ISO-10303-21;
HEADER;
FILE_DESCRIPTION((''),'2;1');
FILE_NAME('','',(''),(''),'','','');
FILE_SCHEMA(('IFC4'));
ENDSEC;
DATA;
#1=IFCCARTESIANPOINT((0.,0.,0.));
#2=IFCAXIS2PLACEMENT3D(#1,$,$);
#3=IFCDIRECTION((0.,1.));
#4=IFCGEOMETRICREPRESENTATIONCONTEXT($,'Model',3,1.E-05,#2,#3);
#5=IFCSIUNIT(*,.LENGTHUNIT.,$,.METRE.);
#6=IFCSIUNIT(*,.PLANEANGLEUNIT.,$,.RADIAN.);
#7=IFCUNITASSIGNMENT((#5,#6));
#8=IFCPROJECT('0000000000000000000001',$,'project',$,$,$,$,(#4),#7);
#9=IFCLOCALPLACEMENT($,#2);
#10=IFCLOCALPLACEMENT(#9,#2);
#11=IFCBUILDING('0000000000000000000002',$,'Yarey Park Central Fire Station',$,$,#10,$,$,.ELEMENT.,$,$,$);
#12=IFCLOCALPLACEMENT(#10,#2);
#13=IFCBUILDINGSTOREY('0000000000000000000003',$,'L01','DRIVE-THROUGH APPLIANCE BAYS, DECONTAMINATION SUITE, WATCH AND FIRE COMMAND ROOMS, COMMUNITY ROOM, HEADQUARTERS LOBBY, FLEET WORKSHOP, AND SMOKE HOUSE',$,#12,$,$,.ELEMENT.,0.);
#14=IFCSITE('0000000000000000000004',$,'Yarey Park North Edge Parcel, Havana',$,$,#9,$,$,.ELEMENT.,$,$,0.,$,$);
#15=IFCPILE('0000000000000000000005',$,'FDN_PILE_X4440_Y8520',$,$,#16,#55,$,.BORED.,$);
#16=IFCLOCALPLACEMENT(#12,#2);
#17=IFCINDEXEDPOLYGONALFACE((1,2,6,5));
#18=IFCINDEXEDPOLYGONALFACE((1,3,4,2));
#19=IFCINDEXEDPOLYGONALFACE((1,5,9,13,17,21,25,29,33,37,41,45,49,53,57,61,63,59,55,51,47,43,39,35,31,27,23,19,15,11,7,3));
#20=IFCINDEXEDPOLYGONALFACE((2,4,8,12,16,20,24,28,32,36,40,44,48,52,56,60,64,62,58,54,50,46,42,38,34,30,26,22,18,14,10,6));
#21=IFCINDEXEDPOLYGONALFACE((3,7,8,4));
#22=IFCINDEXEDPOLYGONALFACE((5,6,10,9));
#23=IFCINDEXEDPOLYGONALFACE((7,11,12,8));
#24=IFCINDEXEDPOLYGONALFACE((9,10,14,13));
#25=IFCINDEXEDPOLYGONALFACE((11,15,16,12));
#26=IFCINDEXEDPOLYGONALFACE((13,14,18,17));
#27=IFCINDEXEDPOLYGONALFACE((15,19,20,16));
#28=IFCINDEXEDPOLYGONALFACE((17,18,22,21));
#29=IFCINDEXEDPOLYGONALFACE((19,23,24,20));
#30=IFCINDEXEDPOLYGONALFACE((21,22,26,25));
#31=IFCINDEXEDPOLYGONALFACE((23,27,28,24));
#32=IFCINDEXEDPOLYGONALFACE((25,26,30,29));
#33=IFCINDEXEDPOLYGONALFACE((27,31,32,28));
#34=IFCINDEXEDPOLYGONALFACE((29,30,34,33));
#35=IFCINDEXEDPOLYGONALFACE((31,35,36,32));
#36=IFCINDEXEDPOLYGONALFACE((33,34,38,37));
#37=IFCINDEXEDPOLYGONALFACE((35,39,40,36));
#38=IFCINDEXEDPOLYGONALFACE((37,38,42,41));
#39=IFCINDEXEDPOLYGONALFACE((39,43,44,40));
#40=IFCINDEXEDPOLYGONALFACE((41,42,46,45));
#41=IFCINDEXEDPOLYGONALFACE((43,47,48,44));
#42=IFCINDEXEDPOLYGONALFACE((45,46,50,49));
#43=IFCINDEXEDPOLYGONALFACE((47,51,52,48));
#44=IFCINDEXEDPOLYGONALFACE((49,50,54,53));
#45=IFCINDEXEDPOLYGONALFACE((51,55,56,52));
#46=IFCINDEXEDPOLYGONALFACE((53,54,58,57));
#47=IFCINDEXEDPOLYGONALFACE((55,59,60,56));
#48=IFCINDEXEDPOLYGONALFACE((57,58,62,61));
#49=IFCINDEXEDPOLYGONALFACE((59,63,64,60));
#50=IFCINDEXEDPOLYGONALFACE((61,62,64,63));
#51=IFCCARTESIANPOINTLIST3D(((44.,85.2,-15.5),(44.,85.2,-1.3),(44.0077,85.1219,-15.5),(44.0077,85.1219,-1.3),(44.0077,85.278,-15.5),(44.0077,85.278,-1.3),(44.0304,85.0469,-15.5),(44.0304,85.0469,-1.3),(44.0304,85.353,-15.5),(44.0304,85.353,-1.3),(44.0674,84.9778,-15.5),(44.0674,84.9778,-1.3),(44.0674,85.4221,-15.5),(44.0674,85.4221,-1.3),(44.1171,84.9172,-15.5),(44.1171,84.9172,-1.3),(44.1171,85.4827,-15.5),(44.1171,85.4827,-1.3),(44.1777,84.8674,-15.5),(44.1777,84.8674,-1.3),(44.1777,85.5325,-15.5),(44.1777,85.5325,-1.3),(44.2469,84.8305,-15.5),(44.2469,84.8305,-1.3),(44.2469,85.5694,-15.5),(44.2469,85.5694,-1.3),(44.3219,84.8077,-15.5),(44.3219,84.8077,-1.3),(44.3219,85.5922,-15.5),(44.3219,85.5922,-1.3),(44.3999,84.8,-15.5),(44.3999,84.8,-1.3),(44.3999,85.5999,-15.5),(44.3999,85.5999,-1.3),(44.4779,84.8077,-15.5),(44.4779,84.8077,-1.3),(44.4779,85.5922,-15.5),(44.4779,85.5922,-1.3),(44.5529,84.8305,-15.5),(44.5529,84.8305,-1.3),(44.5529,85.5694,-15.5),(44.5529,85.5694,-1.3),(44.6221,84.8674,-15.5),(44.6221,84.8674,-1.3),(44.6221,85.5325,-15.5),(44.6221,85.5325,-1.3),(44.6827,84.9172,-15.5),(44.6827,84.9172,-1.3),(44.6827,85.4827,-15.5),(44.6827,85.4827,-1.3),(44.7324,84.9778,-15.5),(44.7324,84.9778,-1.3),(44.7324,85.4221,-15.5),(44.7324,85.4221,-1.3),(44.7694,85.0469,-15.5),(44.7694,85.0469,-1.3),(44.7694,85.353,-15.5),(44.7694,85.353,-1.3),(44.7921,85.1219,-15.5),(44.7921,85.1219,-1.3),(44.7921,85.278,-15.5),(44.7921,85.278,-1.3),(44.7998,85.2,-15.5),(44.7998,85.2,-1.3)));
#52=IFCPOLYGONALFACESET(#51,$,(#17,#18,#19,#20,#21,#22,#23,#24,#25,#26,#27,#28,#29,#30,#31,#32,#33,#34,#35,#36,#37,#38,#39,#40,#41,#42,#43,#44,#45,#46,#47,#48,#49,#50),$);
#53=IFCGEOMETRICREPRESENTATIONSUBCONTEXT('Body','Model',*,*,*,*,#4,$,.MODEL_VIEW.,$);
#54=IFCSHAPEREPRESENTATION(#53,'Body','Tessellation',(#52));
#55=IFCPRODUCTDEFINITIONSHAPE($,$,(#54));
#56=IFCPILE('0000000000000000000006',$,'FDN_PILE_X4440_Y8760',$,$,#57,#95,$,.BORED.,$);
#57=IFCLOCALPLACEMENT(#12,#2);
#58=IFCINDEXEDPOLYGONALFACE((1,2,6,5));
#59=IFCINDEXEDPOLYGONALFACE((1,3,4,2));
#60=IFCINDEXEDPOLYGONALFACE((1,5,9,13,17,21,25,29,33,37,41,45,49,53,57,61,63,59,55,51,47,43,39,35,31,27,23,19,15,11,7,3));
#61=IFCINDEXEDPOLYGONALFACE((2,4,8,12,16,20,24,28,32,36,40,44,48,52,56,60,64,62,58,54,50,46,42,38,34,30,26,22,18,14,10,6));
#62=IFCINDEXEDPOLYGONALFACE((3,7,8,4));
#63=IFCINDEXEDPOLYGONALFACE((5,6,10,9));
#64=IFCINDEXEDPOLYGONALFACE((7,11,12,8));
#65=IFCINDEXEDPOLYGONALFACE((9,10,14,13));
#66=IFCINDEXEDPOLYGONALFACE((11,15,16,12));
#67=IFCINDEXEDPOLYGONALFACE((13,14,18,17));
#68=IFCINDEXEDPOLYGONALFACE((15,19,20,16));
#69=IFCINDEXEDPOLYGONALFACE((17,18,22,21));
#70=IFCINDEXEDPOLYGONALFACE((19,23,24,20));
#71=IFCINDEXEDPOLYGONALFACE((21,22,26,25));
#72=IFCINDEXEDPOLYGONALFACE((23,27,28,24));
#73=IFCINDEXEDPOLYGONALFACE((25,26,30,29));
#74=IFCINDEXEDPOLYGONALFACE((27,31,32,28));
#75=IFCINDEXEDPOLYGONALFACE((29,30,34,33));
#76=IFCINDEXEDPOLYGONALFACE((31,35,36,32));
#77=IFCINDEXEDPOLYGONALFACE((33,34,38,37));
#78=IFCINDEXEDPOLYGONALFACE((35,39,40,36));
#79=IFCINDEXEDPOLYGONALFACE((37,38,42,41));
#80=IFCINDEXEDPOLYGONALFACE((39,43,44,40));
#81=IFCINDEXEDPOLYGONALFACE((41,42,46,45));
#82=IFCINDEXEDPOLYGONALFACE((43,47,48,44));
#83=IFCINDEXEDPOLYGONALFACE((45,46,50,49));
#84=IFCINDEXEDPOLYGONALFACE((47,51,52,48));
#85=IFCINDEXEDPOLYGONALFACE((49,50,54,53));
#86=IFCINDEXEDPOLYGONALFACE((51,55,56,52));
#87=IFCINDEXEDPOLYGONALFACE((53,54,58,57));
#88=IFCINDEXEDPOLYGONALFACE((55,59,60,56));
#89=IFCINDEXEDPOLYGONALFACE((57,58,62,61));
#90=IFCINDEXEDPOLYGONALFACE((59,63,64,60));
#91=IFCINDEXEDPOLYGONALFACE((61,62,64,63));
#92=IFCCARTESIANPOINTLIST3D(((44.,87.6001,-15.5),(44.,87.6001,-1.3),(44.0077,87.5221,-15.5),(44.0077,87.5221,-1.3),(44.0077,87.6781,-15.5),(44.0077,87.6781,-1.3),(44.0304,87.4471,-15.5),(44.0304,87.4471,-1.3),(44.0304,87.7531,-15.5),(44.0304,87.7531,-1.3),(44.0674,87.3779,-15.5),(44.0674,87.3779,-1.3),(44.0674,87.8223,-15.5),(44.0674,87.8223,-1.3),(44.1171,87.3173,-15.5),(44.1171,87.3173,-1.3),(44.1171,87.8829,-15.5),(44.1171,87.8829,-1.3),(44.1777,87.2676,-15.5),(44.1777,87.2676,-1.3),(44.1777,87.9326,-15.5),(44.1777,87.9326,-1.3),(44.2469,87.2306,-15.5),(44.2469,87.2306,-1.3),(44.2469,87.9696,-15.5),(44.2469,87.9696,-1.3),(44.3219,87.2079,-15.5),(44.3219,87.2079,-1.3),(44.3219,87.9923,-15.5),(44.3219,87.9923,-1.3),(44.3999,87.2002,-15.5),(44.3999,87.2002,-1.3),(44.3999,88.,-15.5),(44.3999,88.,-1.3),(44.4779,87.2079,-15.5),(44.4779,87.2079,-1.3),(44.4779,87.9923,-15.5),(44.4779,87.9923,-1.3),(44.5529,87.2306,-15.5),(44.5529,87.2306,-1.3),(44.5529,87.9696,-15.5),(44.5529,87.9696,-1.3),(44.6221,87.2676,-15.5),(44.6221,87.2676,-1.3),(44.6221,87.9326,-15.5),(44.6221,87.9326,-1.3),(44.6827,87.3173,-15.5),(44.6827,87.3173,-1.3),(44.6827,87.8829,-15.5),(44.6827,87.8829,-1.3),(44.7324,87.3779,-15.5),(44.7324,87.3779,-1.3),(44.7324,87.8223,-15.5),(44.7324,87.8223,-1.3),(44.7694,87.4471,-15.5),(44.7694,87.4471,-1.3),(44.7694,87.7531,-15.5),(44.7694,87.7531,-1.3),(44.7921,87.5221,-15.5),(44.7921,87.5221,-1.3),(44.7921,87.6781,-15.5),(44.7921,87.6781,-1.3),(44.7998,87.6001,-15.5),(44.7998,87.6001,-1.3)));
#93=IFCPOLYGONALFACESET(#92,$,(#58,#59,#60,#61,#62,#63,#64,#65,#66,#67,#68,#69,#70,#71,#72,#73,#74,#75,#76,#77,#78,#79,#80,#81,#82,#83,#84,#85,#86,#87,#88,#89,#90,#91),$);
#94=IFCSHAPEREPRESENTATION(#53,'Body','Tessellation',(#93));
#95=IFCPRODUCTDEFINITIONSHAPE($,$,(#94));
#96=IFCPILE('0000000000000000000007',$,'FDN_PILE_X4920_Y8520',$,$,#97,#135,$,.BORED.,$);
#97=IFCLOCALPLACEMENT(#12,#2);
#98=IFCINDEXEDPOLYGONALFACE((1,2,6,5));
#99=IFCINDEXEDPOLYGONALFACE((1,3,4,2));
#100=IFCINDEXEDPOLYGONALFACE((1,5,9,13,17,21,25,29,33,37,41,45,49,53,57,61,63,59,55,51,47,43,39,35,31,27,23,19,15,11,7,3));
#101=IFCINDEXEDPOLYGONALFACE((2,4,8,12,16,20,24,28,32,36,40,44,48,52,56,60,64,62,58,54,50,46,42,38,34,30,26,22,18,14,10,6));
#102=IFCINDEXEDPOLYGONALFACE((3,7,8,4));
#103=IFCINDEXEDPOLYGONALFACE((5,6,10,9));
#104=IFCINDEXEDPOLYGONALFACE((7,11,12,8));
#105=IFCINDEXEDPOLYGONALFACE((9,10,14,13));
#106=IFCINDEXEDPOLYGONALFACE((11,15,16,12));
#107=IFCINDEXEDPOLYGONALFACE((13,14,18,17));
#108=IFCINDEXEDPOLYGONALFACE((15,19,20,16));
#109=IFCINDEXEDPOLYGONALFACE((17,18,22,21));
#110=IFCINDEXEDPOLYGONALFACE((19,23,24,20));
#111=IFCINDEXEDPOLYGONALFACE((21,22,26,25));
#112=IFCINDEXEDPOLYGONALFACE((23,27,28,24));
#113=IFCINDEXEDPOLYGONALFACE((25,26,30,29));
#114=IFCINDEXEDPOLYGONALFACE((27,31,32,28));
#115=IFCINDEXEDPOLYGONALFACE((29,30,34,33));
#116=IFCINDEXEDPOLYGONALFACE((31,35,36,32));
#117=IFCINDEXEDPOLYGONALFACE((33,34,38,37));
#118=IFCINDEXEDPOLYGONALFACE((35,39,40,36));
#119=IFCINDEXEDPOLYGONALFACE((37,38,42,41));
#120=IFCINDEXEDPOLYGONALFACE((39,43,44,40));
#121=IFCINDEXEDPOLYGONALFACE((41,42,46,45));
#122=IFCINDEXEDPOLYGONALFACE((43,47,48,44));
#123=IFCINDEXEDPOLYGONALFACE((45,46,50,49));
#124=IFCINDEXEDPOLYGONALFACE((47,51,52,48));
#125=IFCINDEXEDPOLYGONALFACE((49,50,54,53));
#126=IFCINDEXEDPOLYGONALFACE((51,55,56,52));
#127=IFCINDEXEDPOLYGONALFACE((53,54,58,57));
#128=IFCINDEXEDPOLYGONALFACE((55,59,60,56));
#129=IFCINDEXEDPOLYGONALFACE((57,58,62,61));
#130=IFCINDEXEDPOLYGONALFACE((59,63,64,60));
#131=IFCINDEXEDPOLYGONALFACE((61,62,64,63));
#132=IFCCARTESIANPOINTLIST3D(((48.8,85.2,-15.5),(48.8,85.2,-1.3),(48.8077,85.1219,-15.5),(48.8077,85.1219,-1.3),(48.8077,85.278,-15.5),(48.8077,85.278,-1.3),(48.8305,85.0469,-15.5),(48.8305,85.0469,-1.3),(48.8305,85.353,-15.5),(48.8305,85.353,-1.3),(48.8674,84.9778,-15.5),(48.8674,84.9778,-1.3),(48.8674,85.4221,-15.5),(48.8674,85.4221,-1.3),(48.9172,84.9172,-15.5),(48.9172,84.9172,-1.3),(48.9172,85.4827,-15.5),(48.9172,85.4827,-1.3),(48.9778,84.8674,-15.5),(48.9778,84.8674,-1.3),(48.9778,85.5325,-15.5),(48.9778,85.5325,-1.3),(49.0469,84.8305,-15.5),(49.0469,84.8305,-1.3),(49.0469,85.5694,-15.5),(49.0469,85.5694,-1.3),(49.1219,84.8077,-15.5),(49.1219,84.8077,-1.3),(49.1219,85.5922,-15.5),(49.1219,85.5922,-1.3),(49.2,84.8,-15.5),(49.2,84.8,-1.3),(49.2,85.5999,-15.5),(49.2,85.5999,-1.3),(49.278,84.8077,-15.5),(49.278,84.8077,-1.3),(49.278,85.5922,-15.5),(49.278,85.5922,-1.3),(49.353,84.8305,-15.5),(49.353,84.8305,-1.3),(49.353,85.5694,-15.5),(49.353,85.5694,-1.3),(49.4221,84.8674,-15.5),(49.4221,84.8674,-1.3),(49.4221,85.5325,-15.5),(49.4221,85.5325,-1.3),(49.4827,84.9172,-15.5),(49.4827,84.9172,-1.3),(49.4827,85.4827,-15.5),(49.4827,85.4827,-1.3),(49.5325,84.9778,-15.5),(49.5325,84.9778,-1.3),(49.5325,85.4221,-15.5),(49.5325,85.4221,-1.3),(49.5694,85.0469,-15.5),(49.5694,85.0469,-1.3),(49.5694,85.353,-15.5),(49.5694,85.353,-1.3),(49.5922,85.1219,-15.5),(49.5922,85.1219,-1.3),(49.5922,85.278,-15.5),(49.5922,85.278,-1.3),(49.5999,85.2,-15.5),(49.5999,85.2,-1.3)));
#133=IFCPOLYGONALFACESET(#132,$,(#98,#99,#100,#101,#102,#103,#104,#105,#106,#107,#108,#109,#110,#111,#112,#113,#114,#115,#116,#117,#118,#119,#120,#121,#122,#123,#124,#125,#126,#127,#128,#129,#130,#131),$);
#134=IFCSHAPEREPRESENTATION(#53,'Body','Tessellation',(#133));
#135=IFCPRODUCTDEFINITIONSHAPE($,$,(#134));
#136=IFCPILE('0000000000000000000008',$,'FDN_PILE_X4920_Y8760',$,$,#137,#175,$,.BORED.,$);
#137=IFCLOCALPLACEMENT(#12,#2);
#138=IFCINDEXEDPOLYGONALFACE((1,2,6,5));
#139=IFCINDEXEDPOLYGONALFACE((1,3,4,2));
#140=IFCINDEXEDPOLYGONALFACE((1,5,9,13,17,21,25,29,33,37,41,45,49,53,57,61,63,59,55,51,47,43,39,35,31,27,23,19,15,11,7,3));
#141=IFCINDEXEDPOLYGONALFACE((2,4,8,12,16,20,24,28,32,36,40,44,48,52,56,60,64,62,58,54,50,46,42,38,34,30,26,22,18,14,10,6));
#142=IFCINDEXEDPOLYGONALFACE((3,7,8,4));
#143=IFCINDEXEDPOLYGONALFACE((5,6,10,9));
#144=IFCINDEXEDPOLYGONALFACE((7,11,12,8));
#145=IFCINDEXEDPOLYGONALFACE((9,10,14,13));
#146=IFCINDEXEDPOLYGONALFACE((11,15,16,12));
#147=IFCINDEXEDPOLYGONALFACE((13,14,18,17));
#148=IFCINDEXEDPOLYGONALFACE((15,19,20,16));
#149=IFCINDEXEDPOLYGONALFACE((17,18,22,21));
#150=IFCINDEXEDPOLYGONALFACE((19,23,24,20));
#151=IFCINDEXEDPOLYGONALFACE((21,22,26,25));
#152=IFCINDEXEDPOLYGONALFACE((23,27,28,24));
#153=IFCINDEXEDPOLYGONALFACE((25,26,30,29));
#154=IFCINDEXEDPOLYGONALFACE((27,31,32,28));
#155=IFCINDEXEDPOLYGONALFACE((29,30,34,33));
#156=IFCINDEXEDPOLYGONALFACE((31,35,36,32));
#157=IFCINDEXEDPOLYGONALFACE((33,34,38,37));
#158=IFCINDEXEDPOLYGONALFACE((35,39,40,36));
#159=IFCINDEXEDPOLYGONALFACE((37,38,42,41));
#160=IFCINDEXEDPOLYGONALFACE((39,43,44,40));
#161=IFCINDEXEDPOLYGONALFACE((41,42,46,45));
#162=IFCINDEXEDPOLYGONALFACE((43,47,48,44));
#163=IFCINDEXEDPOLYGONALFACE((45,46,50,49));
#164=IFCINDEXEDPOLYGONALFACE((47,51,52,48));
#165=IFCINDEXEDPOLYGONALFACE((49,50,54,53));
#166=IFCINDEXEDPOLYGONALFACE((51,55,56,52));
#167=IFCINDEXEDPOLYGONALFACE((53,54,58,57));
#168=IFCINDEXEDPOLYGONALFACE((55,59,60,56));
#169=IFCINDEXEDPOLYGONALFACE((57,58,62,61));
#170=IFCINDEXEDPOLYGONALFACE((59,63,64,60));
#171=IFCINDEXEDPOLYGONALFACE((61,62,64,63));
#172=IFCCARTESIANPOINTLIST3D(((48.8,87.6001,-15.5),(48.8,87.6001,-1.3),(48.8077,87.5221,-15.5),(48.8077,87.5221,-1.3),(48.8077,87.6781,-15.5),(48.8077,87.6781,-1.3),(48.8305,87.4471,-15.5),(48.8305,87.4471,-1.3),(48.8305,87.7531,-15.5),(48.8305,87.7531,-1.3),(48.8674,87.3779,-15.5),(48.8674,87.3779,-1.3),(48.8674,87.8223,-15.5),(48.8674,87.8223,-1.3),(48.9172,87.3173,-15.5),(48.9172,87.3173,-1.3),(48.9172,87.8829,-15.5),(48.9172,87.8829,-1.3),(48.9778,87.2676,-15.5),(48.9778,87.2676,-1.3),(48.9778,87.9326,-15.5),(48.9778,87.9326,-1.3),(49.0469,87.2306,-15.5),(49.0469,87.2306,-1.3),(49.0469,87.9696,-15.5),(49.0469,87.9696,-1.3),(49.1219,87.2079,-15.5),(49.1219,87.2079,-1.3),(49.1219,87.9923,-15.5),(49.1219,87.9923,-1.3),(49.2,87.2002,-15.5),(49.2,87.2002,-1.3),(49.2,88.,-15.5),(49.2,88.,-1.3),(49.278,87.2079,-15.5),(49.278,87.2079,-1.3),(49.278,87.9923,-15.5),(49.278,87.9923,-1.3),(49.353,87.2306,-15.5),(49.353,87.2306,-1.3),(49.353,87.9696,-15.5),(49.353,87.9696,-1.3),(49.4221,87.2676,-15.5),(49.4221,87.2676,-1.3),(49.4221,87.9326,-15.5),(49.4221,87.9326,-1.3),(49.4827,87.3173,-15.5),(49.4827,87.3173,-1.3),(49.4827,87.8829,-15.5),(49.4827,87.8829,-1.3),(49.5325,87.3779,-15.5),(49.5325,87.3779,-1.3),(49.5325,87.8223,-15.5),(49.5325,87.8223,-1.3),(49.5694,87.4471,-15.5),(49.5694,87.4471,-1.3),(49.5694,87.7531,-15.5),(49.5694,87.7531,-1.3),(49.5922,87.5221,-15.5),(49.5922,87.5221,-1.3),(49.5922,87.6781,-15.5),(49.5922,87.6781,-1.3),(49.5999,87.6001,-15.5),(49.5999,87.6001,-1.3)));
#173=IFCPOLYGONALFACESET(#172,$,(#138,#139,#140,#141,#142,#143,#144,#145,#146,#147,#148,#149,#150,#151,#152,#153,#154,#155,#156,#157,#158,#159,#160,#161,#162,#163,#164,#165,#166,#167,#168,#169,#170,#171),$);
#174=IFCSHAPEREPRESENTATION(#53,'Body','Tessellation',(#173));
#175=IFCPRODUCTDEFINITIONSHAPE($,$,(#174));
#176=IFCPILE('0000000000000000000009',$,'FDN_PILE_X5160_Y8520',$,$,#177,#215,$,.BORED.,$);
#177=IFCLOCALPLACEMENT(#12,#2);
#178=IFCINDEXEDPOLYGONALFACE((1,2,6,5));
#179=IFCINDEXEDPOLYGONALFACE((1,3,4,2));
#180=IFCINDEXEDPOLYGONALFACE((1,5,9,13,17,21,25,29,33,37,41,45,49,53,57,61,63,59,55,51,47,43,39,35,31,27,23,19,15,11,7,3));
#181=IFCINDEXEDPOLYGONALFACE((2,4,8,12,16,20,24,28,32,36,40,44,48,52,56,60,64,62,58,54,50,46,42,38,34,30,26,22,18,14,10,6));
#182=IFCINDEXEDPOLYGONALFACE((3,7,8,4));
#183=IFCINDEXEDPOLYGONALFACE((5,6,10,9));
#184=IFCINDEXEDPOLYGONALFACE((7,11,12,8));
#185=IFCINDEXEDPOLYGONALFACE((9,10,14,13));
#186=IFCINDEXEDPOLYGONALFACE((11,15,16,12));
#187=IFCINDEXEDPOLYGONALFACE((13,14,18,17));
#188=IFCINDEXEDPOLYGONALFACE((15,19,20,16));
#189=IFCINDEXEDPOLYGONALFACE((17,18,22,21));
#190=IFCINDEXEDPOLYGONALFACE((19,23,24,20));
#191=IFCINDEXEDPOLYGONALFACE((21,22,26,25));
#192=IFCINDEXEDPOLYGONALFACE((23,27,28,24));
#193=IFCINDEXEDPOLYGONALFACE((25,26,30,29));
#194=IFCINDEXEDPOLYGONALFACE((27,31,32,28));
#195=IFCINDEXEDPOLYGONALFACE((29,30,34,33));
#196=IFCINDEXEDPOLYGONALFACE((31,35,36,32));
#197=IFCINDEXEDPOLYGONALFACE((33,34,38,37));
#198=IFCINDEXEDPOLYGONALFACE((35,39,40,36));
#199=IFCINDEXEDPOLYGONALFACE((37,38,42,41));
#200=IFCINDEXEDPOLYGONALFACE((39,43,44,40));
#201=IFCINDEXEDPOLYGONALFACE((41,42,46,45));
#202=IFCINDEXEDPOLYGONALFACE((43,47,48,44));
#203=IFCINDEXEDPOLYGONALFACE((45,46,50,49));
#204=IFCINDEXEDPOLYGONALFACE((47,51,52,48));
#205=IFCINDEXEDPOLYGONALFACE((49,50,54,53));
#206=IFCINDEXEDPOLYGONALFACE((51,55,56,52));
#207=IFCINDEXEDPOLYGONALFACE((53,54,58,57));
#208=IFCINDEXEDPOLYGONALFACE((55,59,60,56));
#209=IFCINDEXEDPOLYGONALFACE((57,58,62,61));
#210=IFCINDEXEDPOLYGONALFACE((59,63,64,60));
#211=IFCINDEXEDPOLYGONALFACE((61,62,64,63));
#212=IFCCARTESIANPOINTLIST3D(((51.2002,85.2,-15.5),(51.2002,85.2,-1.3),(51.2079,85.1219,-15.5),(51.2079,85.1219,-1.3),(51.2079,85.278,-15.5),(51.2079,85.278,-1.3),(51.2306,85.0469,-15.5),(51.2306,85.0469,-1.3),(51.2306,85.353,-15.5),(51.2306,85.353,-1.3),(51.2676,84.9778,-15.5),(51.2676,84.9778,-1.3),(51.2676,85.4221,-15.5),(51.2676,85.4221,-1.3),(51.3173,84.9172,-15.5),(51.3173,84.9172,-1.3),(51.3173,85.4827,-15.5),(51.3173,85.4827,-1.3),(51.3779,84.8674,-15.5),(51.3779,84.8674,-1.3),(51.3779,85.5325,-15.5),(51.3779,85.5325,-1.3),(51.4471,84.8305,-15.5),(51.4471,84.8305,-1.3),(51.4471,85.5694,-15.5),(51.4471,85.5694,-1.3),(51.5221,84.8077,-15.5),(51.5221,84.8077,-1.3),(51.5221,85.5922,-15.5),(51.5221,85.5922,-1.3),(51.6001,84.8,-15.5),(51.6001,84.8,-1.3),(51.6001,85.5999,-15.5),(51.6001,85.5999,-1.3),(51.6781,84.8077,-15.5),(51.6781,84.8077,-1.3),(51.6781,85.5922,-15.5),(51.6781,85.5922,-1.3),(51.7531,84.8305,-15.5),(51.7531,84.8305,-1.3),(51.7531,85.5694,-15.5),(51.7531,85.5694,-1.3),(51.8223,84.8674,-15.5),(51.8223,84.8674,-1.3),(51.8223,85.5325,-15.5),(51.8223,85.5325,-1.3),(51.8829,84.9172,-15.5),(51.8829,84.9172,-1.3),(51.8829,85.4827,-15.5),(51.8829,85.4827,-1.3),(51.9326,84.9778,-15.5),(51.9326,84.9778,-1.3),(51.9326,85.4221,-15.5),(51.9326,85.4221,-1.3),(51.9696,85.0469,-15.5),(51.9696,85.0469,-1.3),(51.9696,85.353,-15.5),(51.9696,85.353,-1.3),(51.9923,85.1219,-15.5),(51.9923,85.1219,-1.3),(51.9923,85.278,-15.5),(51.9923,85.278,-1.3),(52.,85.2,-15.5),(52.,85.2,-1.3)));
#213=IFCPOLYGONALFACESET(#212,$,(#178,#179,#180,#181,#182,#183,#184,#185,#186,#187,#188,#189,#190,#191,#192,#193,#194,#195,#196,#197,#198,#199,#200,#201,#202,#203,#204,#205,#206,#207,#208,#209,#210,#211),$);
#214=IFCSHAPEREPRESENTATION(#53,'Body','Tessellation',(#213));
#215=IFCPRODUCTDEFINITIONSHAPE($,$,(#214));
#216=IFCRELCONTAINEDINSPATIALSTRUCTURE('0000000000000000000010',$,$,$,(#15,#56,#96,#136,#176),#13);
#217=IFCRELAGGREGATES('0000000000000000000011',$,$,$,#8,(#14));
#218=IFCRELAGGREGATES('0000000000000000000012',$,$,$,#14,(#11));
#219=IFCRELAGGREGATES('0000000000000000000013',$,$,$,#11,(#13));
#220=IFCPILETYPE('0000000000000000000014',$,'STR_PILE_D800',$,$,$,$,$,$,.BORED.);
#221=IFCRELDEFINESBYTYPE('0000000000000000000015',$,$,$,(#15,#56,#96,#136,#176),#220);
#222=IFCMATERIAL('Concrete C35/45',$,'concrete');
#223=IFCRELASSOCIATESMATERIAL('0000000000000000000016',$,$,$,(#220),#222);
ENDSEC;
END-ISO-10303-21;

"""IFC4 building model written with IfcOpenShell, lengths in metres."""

from ifc_helpers import new_model, si_unit, direction, frame, origin, origin_2d, place, context, subcontext, project, spatial, circle, extrude, material, material_profile, profile_set, type_object, element, save


model = new_model("IFC4")

# Units and contexts
model_context = context("Model", 3, precision=1e-05, world=origin(), true_north=direction((0.0, 1.0)))
body_context = subcontext(model_context, "Body", "Model", "MODEL_VIEW")
ifc_project = project(units=[si_unit("LENGTHUNIT", "METRE"), si_unit("PLANEANGLEUNIT", "RADIAN")], contexts=[model_context])

# Site, building, storey
site_placement = place(None, origin())
site = spatial("IfcSite", under=ifc_project, at=site_placement, Name="Yarey Park North Edge Parcel, Havana", CompositionType="ELEMENT", RefElevation=0.0)
building_placement = place(site_placement, origin())
building = spatial("IfcBuilding", under=site, at=building_placement, Name="Yarey Park Central Fire Station", CompositionType="ELEMENT")
storey_placement = place(building_placement, origin())
storey = spatial("IfcBuildingStorey", under=building, at=storey_placement, Name="L01", Description="DRIVE-THROUGH APPLIANCE BAYS, DECONTAMINATION SUITE, WATCH AND FIRE COMMAND ROOMS, COMMUNITY ROOM, HEADQUARTERS LOBBY, FLEET WORKSHOP, AND SMOKE HOUSE", CompositionType="ELEMENT", Elevation=0.0)

# Shared definitions
ifc_material_1 = material(Name="Concrete C35/45", Category="concrete")

# Piles
ifc_material_profile_1 = material_profile(ifc_material_1, circle(Radius=0.3999, at=origin_2d()), Name="BORED PILE D800")
ifc_profile_set_1 = profile_set([ifc_material_profile_1], Name="Concrete C35/45")
pile_type_1 = type_object("IfcPileType", Name="STR_PILE_D800", PredefinedType="BORED", material=ifc_profile_set_1)
for number, where, z_axis, x_axis, name in (
    (1, (44.3999, 85.2, -1.3), (0.0, 0.0, -1.0), (1.0, 0.0, 0.0), "FDN_PILE_X4440_Y8520"),
    (2, (44.3999, 87.6001, -1.3), (0.0, 0.0, -1.0), (1.0, 0.0, 0.0), "FDN_PILE_X4440_Y8760"),
    (3, (49.2, 85.2, -1.3), (0.0, 0.0, -1.0), (1.0, 0.0, 0.0), "FDN_PILE_X4920_Y8520"),
    (4, (49.2, 87.6001, -1.3), (0.0, 0.0, -1.0), (1.0, 0.0, 0.0), "FDN_PILE_X4920_Y8760"),
    (5, (51.6001, 85.2, -1.3), (0.0, 0.0, -1.0), (1.0, 0.0, 0.0), "FDN_PILE_X5160_Y8520"),
):
    element("IfcPile", number, at=place(storey_placement, frame(where, z_axis=z_axis, x_axis=x_axis)), inside=storey, type_object=pile_type_1, Name=name, PredefinedType="BORED", context=body_context, shape_type="SweptSolid", body=[
        extrude(circle(Radius=0.3999, at=origin_2d()), origin(), (0.0, 0.0, 1.0), 14.2),
    ])

save(model, "model.ifc")
